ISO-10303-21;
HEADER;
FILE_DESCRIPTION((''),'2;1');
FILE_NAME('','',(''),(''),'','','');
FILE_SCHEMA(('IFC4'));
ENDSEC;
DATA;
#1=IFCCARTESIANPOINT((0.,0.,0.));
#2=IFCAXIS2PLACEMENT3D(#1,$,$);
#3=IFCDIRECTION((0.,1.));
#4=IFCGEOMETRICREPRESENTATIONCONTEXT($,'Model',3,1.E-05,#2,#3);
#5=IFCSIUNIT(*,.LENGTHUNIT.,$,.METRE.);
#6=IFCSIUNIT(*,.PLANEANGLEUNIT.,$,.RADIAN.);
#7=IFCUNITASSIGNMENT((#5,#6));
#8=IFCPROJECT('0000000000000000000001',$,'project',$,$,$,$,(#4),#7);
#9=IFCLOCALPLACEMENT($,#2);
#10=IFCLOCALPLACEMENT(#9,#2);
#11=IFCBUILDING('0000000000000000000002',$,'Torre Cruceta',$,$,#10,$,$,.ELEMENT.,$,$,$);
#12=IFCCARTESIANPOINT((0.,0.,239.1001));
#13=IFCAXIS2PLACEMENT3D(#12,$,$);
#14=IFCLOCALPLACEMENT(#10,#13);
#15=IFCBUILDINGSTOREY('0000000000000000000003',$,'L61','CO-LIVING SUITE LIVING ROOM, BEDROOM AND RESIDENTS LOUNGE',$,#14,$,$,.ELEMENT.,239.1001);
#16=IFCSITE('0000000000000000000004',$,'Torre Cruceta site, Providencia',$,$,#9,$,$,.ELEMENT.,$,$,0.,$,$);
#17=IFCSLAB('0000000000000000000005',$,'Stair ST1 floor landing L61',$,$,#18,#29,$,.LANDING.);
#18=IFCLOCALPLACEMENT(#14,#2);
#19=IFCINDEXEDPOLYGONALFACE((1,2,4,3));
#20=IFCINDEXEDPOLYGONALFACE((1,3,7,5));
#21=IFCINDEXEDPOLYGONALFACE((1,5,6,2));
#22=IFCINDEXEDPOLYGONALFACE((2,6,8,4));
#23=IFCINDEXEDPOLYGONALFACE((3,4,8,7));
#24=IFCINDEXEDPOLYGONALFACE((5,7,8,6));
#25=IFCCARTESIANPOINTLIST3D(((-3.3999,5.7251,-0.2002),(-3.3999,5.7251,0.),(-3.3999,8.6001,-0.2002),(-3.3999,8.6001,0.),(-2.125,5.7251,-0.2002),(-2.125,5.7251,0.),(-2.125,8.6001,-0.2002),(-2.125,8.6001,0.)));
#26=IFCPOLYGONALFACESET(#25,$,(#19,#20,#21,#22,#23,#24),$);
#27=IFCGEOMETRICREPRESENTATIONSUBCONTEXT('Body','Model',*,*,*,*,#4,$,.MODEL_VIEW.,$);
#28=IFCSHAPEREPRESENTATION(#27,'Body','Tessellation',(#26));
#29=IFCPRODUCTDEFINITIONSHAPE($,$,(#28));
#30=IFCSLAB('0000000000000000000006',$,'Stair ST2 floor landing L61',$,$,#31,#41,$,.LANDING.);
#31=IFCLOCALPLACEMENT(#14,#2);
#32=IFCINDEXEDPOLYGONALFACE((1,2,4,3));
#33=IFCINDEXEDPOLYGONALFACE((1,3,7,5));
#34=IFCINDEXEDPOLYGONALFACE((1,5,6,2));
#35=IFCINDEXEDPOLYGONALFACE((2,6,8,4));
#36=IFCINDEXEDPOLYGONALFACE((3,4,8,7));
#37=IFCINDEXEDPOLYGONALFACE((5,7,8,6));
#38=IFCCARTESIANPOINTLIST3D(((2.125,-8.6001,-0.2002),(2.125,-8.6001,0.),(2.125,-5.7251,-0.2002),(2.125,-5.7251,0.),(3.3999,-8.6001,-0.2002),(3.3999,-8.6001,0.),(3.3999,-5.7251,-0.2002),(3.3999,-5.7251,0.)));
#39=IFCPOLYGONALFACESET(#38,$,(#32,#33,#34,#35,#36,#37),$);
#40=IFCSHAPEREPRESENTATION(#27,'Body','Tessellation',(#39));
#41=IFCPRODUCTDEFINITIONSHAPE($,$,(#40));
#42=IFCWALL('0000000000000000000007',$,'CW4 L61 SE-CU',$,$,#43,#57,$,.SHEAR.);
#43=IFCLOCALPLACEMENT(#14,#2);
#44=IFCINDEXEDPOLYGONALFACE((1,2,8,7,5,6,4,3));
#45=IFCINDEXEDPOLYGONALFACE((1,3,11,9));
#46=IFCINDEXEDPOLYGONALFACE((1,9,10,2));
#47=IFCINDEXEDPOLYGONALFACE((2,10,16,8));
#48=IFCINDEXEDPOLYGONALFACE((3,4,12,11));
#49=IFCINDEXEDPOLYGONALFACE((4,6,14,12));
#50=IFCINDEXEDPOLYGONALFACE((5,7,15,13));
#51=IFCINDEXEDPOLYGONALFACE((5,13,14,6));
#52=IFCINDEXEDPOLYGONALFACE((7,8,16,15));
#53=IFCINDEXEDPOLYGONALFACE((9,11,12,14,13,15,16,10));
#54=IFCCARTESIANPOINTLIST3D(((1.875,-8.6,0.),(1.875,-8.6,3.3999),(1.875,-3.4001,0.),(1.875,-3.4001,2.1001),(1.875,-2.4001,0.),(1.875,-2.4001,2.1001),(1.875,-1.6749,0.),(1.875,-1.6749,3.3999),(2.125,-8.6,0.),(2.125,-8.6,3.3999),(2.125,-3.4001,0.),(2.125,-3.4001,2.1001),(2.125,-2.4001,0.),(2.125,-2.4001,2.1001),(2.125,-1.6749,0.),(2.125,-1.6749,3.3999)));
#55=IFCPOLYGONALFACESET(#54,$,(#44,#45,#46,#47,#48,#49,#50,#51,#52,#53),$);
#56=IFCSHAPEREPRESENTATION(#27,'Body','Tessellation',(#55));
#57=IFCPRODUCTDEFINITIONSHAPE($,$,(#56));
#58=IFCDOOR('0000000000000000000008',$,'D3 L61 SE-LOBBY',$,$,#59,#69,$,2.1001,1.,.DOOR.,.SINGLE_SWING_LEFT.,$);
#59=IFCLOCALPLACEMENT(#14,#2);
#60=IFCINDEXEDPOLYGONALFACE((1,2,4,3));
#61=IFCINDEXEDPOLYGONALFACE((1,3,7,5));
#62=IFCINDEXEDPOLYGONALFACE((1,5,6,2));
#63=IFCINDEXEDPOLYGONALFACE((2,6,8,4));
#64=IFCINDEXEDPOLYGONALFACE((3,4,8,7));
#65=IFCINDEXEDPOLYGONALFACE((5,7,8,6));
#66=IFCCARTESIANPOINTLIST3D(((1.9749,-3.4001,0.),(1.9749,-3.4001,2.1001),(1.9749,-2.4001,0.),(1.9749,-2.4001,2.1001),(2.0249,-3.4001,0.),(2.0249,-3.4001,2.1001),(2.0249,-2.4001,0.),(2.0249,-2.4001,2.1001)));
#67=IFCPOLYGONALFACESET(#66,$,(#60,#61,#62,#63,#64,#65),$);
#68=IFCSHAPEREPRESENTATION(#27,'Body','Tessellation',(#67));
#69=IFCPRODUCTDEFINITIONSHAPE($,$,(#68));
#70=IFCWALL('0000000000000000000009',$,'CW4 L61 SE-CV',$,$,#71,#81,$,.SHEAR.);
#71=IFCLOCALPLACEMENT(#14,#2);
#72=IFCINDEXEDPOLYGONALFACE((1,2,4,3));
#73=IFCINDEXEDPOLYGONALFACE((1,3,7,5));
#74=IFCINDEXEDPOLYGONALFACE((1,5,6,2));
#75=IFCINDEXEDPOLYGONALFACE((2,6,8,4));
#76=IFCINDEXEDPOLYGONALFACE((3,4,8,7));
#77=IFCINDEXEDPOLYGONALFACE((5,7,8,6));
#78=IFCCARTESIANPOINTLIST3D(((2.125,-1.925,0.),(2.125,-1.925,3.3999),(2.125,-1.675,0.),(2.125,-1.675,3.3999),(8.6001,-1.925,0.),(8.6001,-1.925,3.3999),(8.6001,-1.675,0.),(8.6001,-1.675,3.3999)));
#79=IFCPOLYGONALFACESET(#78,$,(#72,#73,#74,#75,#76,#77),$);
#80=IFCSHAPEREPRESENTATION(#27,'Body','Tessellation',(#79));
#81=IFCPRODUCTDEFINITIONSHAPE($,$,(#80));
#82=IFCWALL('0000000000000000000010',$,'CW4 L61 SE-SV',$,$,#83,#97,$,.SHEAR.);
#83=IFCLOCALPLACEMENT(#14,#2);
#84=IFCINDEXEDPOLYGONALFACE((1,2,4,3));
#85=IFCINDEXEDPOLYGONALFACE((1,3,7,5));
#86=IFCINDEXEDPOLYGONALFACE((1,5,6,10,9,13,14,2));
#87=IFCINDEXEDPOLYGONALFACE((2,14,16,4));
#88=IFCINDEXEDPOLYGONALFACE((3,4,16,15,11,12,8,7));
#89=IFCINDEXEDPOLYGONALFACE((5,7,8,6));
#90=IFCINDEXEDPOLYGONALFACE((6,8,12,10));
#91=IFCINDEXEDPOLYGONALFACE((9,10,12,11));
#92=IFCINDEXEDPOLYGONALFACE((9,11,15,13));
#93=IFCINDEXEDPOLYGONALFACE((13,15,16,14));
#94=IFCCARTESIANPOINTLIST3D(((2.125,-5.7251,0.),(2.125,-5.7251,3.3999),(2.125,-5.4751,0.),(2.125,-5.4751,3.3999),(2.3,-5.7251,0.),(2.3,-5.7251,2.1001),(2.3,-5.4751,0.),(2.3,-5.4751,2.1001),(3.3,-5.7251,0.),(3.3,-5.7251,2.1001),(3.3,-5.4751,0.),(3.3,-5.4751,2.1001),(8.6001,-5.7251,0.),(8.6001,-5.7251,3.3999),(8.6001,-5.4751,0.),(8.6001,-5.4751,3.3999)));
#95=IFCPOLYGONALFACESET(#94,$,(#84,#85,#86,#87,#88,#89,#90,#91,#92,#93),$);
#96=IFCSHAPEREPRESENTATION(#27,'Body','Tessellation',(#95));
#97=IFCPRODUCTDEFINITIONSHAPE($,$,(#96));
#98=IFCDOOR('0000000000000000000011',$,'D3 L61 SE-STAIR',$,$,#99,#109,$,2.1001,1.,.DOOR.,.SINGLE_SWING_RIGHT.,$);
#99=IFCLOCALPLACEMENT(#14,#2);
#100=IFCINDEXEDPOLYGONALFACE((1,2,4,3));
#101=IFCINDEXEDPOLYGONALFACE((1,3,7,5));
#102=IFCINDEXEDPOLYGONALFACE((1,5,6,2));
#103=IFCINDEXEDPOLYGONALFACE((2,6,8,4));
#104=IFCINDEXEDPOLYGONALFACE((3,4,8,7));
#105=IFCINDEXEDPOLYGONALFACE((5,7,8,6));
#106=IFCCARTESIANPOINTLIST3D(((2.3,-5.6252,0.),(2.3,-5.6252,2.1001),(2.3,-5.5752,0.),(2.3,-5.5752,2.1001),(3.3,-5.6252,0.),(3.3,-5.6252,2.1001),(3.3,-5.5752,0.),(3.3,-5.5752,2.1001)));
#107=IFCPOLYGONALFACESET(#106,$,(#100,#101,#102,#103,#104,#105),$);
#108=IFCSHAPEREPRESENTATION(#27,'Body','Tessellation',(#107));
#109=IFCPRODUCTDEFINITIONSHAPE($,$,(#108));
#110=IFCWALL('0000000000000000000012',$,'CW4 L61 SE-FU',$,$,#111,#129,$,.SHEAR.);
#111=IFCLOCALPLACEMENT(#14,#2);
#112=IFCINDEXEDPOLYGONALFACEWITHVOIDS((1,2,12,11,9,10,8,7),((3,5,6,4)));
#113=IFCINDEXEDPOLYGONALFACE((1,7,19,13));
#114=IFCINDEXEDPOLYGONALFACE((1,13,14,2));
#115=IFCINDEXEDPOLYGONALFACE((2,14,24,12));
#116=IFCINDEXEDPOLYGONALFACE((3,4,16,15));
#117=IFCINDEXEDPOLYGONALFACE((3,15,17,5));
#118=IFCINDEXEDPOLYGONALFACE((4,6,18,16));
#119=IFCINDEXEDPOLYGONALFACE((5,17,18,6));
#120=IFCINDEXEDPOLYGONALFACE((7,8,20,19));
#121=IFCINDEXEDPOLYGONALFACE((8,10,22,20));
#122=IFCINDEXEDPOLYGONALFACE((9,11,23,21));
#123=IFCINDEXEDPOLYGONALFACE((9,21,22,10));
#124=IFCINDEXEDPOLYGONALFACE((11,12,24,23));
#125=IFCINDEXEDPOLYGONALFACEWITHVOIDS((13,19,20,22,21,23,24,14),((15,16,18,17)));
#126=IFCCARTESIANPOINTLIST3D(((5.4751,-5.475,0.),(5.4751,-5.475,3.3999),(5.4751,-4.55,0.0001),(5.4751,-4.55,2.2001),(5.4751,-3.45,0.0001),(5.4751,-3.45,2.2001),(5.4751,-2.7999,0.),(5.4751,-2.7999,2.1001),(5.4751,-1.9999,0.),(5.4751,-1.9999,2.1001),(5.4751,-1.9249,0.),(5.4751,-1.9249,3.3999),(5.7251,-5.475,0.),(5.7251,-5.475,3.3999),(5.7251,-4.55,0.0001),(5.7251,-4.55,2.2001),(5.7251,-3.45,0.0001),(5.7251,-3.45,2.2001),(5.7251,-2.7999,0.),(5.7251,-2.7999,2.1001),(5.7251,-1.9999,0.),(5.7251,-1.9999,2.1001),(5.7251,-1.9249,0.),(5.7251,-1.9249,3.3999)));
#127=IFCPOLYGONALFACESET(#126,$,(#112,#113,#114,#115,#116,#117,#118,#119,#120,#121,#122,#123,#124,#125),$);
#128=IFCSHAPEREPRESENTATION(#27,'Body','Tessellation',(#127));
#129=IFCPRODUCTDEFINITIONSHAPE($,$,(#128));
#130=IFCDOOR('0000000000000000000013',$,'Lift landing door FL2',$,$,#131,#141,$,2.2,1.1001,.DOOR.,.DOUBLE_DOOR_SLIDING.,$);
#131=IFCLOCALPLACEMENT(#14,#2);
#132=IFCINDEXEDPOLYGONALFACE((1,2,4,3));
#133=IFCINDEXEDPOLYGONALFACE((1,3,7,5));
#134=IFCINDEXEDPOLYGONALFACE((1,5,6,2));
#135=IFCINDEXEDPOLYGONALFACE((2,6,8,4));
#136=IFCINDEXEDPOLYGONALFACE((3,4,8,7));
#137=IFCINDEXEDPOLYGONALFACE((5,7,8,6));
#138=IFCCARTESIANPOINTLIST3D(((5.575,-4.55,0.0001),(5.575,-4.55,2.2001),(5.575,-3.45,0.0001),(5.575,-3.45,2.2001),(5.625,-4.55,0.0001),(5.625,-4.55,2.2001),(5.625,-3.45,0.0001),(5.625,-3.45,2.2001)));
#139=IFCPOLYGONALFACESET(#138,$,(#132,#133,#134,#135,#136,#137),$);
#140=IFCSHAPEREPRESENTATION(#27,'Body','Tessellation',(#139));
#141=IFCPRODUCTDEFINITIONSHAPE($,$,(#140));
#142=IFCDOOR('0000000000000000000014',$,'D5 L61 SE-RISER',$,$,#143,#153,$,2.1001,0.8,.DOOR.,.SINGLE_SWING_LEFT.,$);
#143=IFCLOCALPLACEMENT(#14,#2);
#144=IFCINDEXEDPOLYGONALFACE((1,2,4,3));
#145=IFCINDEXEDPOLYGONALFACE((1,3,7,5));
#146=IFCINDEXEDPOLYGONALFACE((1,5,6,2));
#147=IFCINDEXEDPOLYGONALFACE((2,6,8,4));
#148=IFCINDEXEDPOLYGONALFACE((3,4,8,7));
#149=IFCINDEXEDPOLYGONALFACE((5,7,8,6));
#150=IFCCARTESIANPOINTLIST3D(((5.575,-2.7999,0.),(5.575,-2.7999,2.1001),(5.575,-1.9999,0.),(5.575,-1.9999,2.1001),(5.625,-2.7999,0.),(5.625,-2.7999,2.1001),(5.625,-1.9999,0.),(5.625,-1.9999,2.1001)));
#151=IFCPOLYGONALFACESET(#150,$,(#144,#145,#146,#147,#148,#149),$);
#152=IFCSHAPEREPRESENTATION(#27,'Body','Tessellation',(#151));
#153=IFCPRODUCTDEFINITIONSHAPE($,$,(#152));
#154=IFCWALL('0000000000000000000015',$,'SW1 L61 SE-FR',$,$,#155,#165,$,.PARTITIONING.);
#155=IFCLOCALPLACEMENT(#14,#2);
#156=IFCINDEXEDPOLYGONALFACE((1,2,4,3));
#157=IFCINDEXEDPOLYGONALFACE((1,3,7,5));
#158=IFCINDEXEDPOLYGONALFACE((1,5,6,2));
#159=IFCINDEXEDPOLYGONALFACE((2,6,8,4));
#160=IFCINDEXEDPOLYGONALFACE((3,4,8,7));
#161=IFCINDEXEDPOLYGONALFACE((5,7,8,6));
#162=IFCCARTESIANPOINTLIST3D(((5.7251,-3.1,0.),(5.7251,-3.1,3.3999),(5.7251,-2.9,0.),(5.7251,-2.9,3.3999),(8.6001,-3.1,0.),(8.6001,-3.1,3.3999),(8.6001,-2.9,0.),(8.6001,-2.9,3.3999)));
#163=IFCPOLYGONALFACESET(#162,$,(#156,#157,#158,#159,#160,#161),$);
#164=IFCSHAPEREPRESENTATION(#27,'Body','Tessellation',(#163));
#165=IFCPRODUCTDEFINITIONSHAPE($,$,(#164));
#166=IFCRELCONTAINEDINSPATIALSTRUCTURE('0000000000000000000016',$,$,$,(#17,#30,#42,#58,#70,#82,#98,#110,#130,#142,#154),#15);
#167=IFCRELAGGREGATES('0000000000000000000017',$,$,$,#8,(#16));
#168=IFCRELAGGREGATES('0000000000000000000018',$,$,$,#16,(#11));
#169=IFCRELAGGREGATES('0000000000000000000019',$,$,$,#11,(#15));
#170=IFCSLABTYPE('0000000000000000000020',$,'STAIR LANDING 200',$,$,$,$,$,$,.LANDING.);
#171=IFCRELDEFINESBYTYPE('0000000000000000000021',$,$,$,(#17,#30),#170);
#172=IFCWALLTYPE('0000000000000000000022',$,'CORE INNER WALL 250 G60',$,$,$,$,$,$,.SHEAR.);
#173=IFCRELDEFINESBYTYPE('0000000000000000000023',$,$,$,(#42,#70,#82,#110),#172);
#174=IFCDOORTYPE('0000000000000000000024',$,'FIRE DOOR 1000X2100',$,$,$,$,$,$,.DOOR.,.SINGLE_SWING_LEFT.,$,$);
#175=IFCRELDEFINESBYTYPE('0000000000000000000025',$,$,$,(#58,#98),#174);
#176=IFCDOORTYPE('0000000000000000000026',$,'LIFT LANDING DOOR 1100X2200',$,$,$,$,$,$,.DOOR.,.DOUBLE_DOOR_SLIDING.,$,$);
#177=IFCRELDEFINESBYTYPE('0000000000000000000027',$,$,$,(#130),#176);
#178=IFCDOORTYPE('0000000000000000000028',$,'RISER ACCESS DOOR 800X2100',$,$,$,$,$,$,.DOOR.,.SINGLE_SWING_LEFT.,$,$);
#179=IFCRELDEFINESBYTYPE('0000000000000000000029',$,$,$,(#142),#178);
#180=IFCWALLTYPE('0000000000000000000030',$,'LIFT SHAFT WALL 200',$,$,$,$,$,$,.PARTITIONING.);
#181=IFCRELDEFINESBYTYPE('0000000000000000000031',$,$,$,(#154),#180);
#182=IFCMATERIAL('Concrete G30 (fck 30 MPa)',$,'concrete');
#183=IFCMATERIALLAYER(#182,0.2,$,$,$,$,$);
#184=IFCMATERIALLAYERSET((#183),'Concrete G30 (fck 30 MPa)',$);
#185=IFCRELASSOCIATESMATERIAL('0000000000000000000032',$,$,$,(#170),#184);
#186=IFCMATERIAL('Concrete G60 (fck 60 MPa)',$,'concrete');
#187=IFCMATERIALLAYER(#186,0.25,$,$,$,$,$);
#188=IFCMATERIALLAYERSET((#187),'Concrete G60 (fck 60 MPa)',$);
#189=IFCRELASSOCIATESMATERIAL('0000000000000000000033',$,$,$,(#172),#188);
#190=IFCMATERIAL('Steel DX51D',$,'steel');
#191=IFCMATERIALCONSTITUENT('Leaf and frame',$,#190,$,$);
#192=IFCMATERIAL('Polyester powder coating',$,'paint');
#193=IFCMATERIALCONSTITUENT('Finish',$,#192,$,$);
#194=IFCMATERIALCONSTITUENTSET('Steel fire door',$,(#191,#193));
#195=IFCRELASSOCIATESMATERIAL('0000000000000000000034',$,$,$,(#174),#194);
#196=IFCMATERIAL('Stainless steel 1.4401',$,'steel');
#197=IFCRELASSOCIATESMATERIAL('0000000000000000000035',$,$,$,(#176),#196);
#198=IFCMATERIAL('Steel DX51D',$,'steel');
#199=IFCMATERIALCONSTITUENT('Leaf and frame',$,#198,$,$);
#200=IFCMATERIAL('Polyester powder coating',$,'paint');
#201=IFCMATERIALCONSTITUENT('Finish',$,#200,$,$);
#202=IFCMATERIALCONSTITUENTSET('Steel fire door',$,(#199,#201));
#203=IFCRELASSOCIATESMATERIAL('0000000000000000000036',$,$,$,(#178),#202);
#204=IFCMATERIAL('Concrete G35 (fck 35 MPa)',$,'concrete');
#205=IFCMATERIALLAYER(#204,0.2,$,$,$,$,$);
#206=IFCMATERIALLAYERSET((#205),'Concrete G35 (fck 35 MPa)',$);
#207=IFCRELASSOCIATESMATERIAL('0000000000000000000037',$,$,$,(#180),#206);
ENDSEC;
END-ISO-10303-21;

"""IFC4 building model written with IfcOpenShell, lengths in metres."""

from ifc_helpers import new_model, si_unit, direction, frame, frame_2d, origin, place, context, subcontext, project, spatial, polyline, rectangle, outline, extrude, material, layer, layer_set, constituent, constituent_set, type_object, element, fill, save


model = new_model("IFC4")

# Units and contexts
model_context = context("Model", 3, precision=1e-05, world=origin(), true_north=direction((0.0, 1.0)))
body_context = subcontext(model_context, "Body", "Model", "MODEL_VIEW")
ifc_project = project(units=[si_unit("LENGTHUNIT", "METRE"), si_unit("PLANEANGLEUNIT", "RADIAN")], contexts=[model_context])

# Site, building, storey
site_placement = place(None, origin())
site = spatial("IfcSite", under=ifc_project, at=site_placement, Name="Torre Cruceta site, Providencia", CompositionType="ELEMENT", RefElevation=0.0)
building_placement = place(site_placement, origin())
building = spatial("IfcBuilding", under=site, at=building_placement, Name="Torre Cruceta", CompositionType="ELEMENT")
storey_placement = place(building_placement, frame((0.0, 0.0, 239.1001)))
storey = spatial("IfcBuildingStorey", under=building, at=storey_placement, Name="L61", Description="CO-LIVING SUITE LIVING ROOM, BEDROOM AND RESIDENTS LOUNGE", CompositionType="ELEMENT", Elevation=239.1001)

# Shared definitions
ifc_material_1 = material(Name="Concrete G30 (fck 30 MPa)", Category="concrete")
ifc_layer_1 = layer(ifc_material_1, 0.2)
ifc_layer_set_1 = layer_set([ifc_layer_1], Name="Concrete G30 (fck 30 MPa)")
slab_type_1 = type_object("IfcSlabType", Name="STAIR LANDING 200", PredefinedType="LANDING", material=ifc_layer_set_1)

# Slabs
slab_1_placement = place(storey_placement, frame((0.0, 0.0, -0.2002)))
element("IfcSlab", 1, at=slab_1_placement, inside=storey, type_object=slab_type_1, Name="Stair ST1 floor landing L61", PredefinedType="LANDING", context=body_context, shape_type="SweptSolid", body=[
    extrude(outline(polyline([(-2.125, 8.6001), (-2.125, 5.7251), (-3.3999, 5.7251), (-3.3999, 8.6001), (-2.125, 8.6001)])), origin(), (0.0, 0.0, 1.0), 0.2002),
])
slab_2_placement = place(storey_placement, frame((0.0, 0.0, -0.2002)))
element("IfcSlab", 2, at=slab_2_placement, inside=storey, type_object=slab_type_1, Name="Stair ST2 floor landing L61", PredefinedType="LANDING", context=body_context, shape_type="SweptSolid", body=[
    extrude(outline(polyline([(2.125, -8.6001), (2.125, -5.7251), (3.3999, -5.7251), (3.3999, -8.6001), (2.125, -8.6001)])), origin(), (0.0, 0.0, 1.0), 0.2002),
])

# Wall, opening, door
ifc_material_2 = material(Name="Concrete G60 (fck 60 MPa)", Category="concrete")
ifc_layer_2 = layer(ifc_material_2, 0.25)
ifc_layer_set_2 = layer_set([ifc_layer_2], Name="Concrete G60 (fck 60 MPa)")
wall_type_1 = type_object("IfcWallType", Name="CORE INNER WALL 250 G60", PredefinedType="SHEAR", material=ifc_layer_set_2)
wall_1_placement = place(storey_placement, frame((2.0, -1.675, 0.0), z_axis=(0.0, 0.0, 1.0), x_axis=(0.0, -1.0, 0.0)))
wall_1 = element("IfcWall", 3, at=wall_1_placement, inside=storey, type_object=wall_type_1, Name="CW4 L61 SE-CU", PredefinedType="SHEAR", context=body_context, shape_type="SweptSolid", body=[
    extrude(rectangle(XDim=6.925, YDim=0.25, at=frame_2d((3.4624, 0.0))), origin(), (0.0, 0.0, 1.0), 3.3999),
])
opening_1_placement = place(wall_1_placement, frame((0.7251, 0.0, 0.0)))
opening_1 = element("IfcOpeningElement", 4, at=opening_1_placement, cuts=wall_1, PredefinedType="OPENING", context=body_context, shape_type="SweptSolid", body=[
    extrude(rectangle(XDim=1.0, YDim=2.1001, at=frame_2d((0.5, 1.05))), frame((0.0, 0.135, 0.0), z_axis=(0.0, -1.0, 0.0), x_axis=(1.0, 0.0, 0.0)), (0.0, 0.0, 1.0), 0.27),
])
ifc_material_3 = material(Name="Steel DX51D", Category="steel")
ifc_constituent_1 = constituent(ifc_material_3, Name="Leaf and frame")
ifc_material_4 = material(Name="Polyester powder coating", Category="paint")
ifc_constituent_2 = constituent(ifc_material_4, Name="Finish")
ifc_constituent_set_1 = constituent_set(constituents=[ifc_constituent_1, ifc_constituent_2], Name="Steel fire door")
door_type_1 = type_object("IfcDoorType", Name="FIRE DOOR 1000X2100", OperationType="SINGLE_SWING_LEFT", PredefinedType="DOOR", material=ifc_constituent_set_1)
door_1_placement = place(opening_1_placement, origin())
door_1 = element("IfcDoor", 5, at=door_1_placement, inside=storey, type_object=door_type_1, Name="D3 L61 SE-LOBBY", OperationType="SINGLE_SWING_LEFT", OverallHeight=2.1001, OverallWidth=1.0, PredefinedType="DOOR", context=body_context, shape_type="SweptSolid", body=[
    extrude(rectangle(XDim=1.0, YDim=2.1001, at=frame_2d((0.5, 1.05))), frame((0.0, 0.0249, 0.0), z_axis=(0.0, -1.0, 0.0), x_axis=(1.0, 0.0, 0.0)), (0.0, 0.0, 1.0), 0.05),
])
fill(opening_1, door_1)

# Wall
wall_2_placement = place(storey_placement, frame((2.125, -1.8, 0.0), z_axis=(0.0, 0.0, 1.0), x_axis=(1.0, 0.0, 0.0)))
element("IfcWall", 6, at=wall_2_placement, inside=storey, type_object=wall_type_1, Name="CW4 L61 SE-CV", PredefinedType="SHEAR", context=body_context, shape_type="SweptSolid", body=[
    extrude(rectangle(XDim=6.4751, YDim=0.25, at=frame_2d((3.2375, 0.0))), origin(), (0.0, 0.0, 1.0), 3.3999),
])

# Wall, opening, door
wall_3_placement = place(storey_placement, frame((2.125, -5.6001, 0.0), z_axis=(0.0, 0.0, 1.0), x_axis=(1.0, 0.0, 0.0)))
wall_3 = element("IfcWall", 7, at=wall_3_placement, inside=storey, type_object=wall_type_1, Name="CW4 L61 SE-SV", PredefinedType="SHEAR", context=body_context, shape_type="SweptSolid", body=[
    extrude(rectangle(XDim=6.4751, YDim=0.25, at=frame_2d((3.2375, 0.0))), origin(), (0.0, 0.0, 1.0), 3.3999),
])
opening_2_placement = place(wall_3_placement, frame((0.175, 0.0, 0.0)))
opening_2 = element("IfcOpeningElement", 8, at=opening_2_placement, cuts=wall_3, PredefinedType="OPENING", context=body_context, shape_type="SweptSolid", body=[
    extrude(rectangle(XDim=1.0, YDim=2.1001, at=frame_2d((0.5, 1.05))), frame((0.0, 0.135, 0.0), z_axis=(0.0, -1.0, 0.0), x_axis=(1.0, 0.0, 0.0)), (0.0, 0.0, 1.0), 0.27),
])
door_2_placement = place(opening_2_placement, frame((1.0, 0.0, 0.0), z_axis=(0.0, 0.0, 1.0), x_axis=(-1.0, 0.0, 0.0)))
door_2 = element("IfcDoor", 9, at=door_2_placement, inside=storey, type_object=door_type_1, Name="D3 L61 SE-STAIR", OperationType="SINGLE_SWING_RIGHT", OverallHeight=2.1001, OverallWidth=1.0, PredefinedType="DOOR", context=body_context, shape_type="SweptSolid", body=[
    extrude(rectangle(XDim=1.0, YDim=2.1001, at=frame_2d((0.5, 1.05))), frame((0.0, 0.0251, 0.0), z_axis=(0.0, -1.0, 0.0), x_axis=(1.0, 0.0, 0.0)), (0.0, 0.0, 1.0), 0.05),
])
fill(opening_2, door_2)

# Wall, openings, doors
wall_4_placement = place(storey_placement, frame((5.6001, -1.925, 0.0), z_axis=(0.0, 0.0, 1.0), x_axis=(0.0, -1.0, 0.0)))
wall_4 = element("IfcWall", 10, at=wall_4_placement, inside=storey, type_object=wall_type_1, Name="CW4 L61 SE-FU", PredefinedType="SHEAR", context=body_context, shape_type="SweptSolid", body=[
    extrude(rectangle(XDim=3.55, YDim=0.25, at=frame_2d((1.7749, 0.0))), origin(), (0.0, 0.0, 1.0), 3.3999),
])
opening_3_placement = place(wall_4_placement, frame((1.5249, 0.0, 0.0)))
opening_3 = element("IfcOpeningElement", 11, at=opening_3_placement, cuts=wall_4, PredefinedType="OPENING", context=body_context, shape_type="SweptSolid", body=[
    extrude(rectangle(XDim=1.1001, YDim=2.2, at=frame_2d((0.55, 1.1001))), frame((0.0, 0.135, 0.0), z_axis=(0.0, -1.0, 0.0), x_axis=(1.0, 0.0, 0.0)), (0.0, 0.0, 1.0), 0.27),
])
opening_4_placement = place(wall_4_placement, frame((0.075, 0.0, 0.0)))
opening_4 = element("IfcOpeningElement", 12, at=opening_4_placement, cuts=wall_4, PredefinedType="OPENING", context=body_context, shape_type="SweptSolid", body=[
    extrude(rectangle(XDim=0.8, YDim=2.1001, at=frame_2d((0.3999, 1.05))), frame((0.0, 0.135, 0.0), z_axis=(0.0, -1.0, 0.0), x_axis=(1.0, 0.0, 0.0)), (0.0, 0.0, 1.0), 0.27),
])
ifc_material_5 = material(Name="Stainless steel 1.4401", Category="steel")
door_type_2 = type_object("IfcDoorType", Name="LIFT LANDING DOOR 1100X2200", OperationType="DOUBLE_DOOR_SLIDING", PredefinedType="DOOR", material=ifc_material_5)
door_3_placement = place(opening_3_placement, origin())
door_3 = element("IfcDoor", 13, at=door_3_placement, inside=storey, type_object=door_type_2, Name="Lift landing door FL2", OperationType="DOUBLE_DOOR_SLIDING", OverallHeight=2.2, OverallWidth=1.1001, PredefinedType="DOOR", context=body_context, shape_type="SweptSolid", body=[
    extrude(rectangle(XDim=1.1001, YDim=2.2, at=frame_2d((0.55, 1.1001))), frame((0.0, 0.0249, 0.0), z_axis=(0.0, -1.0, 0.0), x_axis=(1.0, 0.0, 0.0)), (0.0, 0.0, 1.0), 0.05),
])
fill(opening_3, door_3)
ifc_material_6 = material(Name="Steel DX51D", Category="steel")
ifc_constituent_3 = constituent(ifc_material_6, Name="Leaf and frame")
ifc_material_7 = material(Name="Polyester powder coating", Category="paint")
ifc_constituent_4 = constituent(ifc_material_7, Name="Finish")
ifc_constituent_set_2 = constituent_set(constituents=[ifc_constituent_3, ifc_constituent_4], Name="Steel fire door")
door_type_3 = type_object("IfcDoorType", Name="RISER ACCESS DOOR 800X2100", OperationType="SINGLE_SWING_LEFT", PredefinedType="DOOR", material=ifc_constituent_set_2)
door_4_placement = place(opening_4_placement, origin())
door_4 = element("IfcDoor", 14, at=door_4_placement, inside=storey, type_object=door_type_3, Name="D5 L61 SE-RISER", OperationType="SINGLE_SWING_LEFT", OverallHeight=2.1001, OverallWidth=0.8, PredefinedType="DOOR", context=body_context, shape_type="SweptSolid", body=[
    extrude(rectangle(XDim=0.8, YDim=2.1001, at=frame_2d((0.3999, 1.05))), frame((0.0, 0.0249, 0.0), z_axis=(0.0, -1.0, 0.0), x_axis=(1.0, 0.0, 0.0)), (0.0, 0.0, 1.0), 0.05),
])
fill(opening_4, door_4)

# Wall
ifc_material_8 = material(Name="Concrete G35 (fck 35 MPa)", Category="concrete")
ifc_layer_3 = layer(ifc_material_8, 0.2)
ifc_layer_set_3 = layer_set([ifc_layer_3], Name="Concrete G35 (fck 35 MPa)")
wall_type_2 = type_object("IfcWallType", Name="LIFT SHAFT WALL 200", PredefinedType="PARTITIONING", material=ifc_layer_set_3)
wall_5_placement = place(storey_placement, frame((5.7251, -3.0, 0.0), z_axis=(0.0, 0.0, 1.0), x_axis=(1.0, 0.0, 0.0)))
element("IfcWall", 15, at=wall_5_placement, inside=storey, type_object=wall_type_2, Name="SW1 L61 SE-FR", PredefinedType="PARTITIONING", context=body_context, shape_type="SweptSolid", body=[
    extrude(rectangle(XDim=2.875, YDim=0.2, at=frame_2d((1.4375, 0.0))), origin(), (0.0, 0.0, 1.0), 3.3999),
])

save(model, "model.ifc")
